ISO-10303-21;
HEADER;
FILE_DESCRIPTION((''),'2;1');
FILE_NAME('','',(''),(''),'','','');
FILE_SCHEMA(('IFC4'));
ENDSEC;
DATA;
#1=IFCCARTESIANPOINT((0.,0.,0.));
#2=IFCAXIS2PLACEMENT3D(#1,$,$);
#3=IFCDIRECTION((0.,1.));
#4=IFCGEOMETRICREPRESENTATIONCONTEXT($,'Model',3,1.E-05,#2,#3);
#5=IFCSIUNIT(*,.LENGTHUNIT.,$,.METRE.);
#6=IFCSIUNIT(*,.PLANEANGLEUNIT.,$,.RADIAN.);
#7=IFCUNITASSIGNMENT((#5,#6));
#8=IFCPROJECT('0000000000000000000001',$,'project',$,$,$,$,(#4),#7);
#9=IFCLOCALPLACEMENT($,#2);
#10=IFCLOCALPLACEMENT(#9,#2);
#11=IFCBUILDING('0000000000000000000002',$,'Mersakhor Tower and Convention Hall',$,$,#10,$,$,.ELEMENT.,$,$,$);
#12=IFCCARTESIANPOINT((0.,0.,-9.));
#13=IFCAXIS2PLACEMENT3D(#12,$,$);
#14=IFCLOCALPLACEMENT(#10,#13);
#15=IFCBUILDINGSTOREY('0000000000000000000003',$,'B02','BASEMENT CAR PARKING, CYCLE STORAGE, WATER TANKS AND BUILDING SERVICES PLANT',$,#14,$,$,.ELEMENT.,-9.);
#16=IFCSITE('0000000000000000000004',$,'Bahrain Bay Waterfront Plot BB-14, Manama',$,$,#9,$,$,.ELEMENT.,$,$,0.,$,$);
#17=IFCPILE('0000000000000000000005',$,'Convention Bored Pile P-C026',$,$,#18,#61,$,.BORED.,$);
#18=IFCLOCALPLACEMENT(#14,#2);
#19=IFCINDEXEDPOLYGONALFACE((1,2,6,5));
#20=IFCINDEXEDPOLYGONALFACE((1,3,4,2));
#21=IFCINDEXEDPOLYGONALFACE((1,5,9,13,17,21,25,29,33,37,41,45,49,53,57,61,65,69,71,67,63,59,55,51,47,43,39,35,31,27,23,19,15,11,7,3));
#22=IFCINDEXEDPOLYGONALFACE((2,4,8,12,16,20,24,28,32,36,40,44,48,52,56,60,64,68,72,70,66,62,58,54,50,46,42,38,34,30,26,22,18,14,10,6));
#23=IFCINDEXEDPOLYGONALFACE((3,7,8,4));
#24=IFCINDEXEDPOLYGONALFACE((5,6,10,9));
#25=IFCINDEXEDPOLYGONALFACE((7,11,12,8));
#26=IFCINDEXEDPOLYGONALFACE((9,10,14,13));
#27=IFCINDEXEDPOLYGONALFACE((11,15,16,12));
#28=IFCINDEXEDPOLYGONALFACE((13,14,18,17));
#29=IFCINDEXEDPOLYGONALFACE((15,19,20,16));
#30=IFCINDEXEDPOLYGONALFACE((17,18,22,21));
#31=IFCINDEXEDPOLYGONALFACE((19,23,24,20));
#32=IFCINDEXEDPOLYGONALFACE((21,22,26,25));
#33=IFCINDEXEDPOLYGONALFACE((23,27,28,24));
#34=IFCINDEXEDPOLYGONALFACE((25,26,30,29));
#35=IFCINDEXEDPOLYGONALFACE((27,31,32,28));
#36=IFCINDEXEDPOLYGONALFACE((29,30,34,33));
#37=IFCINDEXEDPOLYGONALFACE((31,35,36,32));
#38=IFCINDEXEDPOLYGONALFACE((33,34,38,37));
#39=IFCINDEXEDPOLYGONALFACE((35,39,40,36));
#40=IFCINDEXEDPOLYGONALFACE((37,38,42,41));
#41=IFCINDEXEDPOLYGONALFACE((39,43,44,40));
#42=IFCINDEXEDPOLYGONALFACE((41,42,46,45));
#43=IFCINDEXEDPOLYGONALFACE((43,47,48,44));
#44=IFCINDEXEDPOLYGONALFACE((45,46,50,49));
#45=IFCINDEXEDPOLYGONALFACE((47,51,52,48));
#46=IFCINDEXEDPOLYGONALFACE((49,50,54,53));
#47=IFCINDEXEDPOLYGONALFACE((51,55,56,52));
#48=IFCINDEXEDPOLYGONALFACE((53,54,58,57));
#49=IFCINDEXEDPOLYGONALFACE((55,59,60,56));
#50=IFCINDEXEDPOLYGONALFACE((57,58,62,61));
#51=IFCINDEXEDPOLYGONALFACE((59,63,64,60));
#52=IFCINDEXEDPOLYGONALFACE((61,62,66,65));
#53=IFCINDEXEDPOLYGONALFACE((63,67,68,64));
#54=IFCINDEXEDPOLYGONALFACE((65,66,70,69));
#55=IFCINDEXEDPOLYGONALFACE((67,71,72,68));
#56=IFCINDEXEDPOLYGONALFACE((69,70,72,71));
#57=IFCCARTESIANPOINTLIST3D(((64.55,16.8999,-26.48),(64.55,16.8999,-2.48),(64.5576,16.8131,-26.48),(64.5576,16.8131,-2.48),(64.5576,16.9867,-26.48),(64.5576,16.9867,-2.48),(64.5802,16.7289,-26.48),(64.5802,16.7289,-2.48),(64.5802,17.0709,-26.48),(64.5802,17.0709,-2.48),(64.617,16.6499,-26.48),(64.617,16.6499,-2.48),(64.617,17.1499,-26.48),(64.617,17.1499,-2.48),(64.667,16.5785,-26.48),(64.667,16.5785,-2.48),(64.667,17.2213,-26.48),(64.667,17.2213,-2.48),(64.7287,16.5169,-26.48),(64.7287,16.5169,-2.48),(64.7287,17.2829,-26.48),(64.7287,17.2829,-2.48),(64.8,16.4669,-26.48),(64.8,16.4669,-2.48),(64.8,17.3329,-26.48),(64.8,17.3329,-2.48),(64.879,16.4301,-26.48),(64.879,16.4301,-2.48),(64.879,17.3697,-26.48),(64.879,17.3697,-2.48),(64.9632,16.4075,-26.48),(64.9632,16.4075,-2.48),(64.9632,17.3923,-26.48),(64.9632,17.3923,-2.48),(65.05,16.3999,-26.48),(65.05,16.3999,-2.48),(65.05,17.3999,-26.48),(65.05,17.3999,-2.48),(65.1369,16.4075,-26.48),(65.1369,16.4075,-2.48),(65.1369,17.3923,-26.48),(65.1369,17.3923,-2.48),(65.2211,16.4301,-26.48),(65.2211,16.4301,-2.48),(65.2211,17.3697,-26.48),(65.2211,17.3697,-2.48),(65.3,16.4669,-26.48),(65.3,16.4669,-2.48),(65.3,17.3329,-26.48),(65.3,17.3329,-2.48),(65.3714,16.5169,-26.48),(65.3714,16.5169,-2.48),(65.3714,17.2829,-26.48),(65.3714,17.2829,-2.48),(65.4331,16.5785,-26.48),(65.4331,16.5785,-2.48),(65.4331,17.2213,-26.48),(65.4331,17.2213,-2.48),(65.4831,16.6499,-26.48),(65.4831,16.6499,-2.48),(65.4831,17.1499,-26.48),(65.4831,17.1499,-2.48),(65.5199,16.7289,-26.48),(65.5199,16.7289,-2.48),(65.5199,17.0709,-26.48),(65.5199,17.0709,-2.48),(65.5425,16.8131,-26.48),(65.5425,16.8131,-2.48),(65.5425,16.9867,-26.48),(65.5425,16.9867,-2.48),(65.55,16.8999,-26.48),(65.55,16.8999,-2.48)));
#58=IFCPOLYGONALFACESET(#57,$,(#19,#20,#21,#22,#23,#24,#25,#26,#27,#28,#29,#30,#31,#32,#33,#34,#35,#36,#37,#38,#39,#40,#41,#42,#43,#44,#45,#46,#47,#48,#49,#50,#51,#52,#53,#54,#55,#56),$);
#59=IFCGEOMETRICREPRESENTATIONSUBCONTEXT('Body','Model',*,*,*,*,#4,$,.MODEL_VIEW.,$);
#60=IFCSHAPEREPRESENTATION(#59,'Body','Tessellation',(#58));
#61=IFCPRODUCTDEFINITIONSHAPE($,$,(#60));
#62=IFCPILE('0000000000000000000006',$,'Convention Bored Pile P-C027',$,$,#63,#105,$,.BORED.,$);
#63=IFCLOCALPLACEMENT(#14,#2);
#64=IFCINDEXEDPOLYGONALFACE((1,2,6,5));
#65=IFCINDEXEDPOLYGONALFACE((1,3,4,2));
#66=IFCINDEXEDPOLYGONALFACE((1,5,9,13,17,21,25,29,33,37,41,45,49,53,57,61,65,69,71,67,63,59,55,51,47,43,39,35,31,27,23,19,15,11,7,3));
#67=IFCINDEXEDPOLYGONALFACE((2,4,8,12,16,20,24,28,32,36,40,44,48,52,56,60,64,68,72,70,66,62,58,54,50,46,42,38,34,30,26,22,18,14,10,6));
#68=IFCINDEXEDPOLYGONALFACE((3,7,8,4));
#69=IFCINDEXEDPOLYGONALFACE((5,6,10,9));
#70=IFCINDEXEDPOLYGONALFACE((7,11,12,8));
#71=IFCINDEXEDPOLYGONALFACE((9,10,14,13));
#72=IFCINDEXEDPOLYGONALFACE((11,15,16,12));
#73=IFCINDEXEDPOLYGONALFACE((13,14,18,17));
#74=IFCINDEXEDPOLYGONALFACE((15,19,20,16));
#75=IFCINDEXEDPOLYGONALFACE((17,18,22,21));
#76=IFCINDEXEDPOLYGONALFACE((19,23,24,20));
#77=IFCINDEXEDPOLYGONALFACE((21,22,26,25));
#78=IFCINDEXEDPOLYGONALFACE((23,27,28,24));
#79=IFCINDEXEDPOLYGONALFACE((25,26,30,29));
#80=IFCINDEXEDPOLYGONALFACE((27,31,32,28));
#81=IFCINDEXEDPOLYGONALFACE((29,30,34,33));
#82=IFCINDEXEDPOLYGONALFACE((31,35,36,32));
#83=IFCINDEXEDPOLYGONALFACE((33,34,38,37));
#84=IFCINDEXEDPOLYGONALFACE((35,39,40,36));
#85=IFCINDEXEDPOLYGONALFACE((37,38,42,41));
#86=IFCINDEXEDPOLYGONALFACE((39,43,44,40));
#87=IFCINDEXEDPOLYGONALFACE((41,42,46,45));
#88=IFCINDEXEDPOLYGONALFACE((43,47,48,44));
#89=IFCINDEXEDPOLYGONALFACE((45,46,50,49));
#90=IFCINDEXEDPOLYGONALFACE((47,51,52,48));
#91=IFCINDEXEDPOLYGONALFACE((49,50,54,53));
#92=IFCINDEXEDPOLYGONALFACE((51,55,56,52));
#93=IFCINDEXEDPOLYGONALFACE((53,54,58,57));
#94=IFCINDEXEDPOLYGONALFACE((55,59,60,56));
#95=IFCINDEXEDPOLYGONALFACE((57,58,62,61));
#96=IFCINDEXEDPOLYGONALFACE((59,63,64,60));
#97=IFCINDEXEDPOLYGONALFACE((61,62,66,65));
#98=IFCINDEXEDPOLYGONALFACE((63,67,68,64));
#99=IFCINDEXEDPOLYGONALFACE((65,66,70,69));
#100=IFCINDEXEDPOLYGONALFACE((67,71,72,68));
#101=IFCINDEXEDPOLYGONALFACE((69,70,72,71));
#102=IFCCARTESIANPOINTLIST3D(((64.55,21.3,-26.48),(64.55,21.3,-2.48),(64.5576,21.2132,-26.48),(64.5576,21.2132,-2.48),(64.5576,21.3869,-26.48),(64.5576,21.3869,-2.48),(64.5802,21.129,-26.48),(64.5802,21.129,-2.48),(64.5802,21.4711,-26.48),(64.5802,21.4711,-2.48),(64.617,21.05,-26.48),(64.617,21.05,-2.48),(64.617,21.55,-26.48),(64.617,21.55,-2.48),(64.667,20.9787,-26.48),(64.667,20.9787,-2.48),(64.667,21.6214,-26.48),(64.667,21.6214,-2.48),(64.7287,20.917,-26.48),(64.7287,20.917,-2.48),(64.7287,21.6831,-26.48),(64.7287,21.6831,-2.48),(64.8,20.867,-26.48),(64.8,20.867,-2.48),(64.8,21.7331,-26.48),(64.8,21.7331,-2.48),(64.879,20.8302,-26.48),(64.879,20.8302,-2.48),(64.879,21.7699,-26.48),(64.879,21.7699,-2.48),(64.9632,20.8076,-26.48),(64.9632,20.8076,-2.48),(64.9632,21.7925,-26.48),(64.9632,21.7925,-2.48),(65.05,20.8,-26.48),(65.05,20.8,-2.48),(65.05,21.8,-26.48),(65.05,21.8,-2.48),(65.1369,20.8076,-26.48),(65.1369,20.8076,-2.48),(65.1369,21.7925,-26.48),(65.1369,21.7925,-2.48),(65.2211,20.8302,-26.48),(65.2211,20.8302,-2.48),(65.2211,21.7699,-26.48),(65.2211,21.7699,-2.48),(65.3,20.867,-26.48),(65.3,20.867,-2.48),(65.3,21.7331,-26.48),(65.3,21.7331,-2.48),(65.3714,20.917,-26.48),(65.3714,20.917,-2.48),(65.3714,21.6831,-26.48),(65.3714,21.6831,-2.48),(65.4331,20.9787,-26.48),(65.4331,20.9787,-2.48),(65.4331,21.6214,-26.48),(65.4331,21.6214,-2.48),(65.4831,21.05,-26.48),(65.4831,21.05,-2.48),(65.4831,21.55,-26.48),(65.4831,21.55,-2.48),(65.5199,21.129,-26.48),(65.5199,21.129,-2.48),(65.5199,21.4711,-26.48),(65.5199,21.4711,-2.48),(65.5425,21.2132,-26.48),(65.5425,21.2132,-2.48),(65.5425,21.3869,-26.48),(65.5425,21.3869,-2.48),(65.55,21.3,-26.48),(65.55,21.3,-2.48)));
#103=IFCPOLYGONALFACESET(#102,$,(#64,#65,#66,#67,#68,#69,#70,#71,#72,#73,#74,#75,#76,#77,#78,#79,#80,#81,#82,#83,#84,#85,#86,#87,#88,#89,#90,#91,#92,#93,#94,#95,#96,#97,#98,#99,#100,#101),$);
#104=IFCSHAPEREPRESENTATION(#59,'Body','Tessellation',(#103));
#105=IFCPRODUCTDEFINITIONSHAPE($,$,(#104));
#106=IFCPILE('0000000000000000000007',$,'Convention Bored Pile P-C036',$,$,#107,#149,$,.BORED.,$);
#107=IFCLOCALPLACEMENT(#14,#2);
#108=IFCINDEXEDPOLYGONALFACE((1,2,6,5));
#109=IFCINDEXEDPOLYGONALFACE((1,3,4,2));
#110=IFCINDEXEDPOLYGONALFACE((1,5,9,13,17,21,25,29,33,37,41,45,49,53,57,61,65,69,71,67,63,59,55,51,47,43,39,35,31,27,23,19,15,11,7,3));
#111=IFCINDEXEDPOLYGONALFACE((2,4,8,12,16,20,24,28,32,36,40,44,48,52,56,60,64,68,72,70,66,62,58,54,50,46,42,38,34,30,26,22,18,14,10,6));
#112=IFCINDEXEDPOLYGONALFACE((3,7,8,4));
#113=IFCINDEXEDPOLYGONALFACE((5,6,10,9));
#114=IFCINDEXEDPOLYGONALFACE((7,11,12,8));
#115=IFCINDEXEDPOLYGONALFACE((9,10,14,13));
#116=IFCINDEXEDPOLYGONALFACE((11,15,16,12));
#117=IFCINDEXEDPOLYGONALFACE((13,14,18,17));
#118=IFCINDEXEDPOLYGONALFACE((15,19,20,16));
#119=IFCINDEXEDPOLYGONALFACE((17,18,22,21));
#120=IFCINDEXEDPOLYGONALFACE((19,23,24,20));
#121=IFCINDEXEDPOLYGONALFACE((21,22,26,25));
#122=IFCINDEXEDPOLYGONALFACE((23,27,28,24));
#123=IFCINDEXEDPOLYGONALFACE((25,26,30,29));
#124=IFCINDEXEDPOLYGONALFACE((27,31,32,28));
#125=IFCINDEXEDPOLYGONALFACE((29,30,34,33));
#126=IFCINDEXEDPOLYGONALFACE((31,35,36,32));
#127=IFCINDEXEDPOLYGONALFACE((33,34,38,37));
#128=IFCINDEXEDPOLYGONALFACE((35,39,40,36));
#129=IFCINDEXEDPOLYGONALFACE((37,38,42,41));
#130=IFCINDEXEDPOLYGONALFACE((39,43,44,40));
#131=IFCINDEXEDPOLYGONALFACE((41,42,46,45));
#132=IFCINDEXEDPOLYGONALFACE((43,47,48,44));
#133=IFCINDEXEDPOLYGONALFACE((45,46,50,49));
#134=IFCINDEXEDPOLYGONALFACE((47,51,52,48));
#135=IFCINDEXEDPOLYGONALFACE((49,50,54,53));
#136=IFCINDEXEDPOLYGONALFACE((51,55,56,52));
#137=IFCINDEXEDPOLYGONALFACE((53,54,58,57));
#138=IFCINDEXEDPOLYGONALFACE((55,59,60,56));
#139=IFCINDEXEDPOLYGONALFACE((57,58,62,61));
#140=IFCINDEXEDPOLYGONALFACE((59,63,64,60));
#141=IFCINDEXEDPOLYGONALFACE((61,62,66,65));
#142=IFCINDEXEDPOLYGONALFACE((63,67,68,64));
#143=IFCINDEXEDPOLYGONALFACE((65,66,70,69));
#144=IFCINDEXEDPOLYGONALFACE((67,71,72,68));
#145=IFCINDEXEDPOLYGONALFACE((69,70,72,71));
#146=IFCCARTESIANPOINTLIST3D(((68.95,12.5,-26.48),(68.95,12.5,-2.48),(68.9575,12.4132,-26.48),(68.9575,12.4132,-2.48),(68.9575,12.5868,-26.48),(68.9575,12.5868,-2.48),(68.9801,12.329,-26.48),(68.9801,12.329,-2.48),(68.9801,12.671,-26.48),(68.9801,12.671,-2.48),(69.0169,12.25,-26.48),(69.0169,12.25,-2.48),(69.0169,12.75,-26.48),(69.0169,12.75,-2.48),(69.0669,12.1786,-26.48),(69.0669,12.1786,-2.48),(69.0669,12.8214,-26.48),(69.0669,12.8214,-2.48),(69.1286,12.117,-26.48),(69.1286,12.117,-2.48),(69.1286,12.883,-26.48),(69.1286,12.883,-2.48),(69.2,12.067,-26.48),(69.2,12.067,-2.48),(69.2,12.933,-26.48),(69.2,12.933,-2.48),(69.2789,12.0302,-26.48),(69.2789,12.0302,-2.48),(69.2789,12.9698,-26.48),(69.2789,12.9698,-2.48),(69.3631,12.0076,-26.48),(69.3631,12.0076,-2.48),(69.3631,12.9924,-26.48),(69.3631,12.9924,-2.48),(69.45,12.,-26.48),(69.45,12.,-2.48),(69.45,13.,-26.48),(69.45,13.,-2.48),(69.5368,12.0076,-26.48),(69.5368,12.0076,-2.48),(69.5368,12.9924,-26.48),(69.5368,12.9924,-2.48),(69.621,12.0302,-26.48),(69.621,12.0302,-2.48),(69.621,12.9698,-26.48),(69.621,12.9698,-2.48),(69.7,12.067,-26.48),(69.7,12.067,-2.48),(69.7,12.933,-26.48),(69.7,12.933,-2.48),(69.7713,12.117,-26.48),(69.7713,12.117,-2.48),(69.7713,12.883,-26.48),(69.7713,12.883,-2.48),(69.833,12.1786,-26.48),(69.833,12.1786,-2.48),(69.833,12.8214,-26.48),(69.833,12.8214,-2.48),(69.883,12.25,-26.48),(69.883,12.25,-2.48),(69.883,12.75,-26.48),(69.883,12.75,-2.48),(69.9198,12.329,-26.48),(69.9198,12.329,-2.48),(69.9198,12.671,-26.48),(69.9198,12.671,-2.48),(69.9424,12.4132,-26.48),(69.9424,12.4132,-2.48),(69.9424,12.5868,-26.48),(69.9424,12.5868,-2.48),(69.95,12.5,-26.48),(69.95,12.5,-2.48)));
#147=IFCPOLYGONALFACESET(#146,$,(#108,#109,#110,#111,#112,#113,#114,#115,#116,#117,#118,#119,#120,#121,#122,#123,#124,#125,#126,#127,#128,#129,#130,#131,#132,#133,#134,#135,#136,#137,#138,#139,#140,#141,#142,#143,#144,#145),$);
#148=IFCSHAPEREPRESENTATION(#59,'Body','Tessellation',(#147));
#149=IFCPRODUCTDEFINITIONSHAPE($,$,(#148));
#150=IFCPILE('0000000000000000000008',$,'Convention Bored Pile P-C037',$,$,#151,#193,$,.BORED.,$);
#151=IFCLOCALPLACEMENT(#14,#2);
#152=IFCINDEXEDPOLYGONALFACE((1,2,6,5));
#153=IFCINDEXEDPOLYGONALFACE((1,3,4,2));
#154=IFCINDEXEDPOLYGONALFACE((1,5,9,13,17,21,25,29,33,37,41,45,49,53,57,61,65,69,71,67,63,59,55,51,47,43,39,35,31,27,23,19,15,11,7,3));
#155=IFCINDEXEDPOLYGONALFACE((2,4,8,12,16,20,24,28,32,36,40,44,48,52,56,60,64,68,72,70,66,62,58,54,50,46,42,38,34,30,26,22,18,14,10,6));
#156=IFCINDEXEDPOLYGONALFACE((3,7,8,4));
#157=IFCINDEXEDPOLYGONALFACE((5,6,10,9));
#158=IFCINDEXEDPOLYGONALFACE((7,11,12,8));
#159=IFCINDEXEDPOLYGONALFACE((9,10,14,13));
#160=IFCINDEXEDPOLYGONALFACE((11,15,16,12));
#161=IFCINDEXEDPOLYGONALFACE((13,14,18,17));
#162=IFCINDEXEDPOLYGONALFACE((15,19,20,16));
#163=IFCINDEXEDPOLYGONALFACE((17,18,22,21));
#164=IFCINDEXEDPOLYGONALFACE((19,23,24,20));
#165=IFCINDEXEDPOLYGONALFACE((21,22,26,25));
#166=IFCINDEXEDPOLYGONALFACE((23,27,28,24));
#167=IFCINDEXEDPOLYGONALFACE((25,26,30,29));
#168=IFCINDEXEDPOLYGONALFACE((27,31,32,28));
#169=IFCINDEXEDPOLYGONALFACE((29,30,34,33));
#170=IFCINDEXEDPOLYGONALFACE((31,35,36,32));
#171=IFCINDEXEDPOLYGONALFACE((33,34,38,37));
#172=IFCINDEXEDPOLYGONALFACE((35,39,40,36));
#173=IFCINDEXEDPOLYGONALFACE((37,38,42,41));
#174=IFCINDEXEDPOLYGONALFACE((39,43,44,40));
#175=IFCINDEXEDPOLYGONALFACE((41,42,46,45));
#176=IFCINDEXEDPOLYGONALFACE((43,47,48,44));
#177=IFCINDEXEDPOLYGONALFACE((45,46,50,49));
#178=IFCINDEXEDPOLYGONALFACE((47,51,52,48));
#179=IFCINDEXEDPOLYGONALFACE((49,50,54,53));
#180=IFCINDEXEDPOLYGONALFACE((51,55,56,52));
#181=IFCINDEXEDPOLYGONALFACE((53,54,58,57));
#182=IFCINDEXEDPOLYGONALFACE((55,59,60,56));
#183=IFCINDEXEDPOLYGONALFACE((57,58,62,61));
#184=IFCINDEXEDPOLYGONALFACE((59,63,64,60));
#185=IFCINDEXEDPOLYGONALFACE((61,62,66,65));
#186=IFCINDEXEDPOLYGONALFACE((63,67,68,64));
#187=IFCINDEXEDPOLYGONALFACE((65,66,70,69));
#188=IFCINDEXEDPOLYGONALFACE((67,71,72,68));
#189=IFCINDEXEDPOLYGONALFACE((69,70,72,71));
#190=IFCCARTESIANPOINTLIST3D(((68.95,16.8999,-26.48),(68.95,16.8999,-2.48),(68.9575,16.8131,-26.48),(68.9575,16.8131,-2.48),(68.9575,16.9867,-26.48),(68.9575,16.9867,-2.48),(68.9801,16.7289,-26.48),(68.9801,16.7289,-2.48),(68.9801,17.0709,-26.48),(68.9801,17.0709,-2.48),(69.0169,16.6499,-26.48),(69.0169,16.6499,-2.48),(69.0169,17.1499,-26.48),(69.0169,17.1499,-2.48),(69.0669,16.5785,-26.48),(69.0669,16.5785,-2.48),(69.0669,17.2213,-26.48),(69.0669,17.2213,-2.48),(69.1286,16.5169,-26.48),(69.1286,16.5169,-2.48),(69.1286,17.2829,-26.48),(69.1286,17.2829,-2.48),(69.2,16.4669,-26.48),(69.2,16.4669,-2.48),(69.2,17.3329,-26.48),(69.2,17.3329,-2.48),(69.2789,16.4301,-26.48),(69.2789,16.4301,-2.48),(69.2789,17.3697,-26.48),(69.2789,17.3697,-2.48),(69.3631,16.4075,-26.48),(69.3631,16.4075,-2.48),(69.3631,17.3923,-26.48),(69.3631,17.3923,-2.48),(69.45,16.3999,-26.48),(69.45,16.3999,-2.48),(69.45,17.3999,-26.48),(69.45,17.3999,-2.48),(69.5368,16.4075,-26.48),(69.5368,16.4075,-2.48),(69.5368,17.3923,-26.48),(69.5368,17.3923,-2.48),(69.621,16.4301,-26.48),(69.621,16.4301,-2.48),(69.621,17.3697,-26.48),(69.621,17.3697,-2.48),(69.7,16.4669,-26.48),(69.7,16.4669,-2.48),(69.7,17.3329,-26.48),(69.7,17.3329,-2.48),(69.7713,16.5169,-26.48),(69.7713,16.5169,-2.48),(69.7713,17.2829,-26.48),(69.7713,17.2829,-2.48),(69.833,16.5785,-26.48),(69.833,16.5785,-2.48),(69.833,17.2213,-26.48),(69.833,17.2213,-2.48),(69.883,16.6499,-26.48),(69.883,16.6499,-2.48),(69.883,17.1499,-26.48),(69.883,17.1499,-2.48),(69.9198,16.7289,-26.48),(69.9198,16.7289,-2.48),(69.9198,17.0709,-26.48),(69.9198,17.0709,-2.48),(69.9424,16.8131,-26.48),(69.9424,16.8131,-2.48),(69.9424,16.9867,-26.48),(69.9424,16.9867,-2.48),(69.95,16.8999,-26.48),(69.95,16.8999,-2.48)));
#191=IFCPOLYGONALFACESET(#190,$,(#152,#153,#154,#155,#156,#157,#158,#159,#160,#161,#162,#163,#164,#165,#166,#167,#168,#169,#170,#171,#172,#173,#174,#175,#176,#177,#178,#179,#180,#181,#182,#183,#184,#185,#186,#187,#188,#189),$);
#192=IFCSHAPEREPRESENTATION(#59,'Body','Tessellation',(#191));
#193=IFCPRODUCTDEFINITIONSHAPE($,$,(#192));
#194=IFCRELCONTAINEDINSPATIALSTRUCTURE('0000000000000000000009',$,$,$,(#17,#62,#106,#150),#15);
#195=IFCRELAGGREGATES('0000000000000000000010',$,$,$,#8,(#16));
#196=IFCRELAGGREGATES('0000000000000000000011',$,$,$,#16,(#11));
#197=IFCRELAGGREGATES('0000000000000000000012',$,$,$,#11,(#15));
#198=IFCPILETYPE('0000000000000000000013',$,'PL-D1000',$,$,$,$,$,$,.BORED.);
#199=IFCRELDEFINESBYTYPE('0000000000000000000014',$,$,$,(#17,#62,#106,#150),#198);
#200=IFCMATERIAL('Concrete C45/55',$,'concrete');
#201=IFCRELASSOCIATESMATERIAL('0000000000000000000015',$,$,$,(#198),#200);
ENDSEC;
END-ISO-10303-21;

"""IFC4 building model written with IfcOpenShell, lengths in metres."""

from ifc_helpers import new_model, si_unit, direction, frame, origin, origin_2d, place, context, subcontext, project, spatial, circle, extrude, material, material_profile, profile_set, type_object, element, save


model = new_model("IFC4")

# Units and contexts
model_context = context("Model", 3, precision=1e-05, world=origin(), true_north=direction((0.0, 1.0)))
body_context = subcontext(model_context, "Body", "Model", "MODEL_VIEW")
ifc_project = project(units=[si_unit("LENGTHUNIT", "METRE"), si_unit("PLANEANGLEUNIT", "RADIAN")], contexts=[model_context])

# Site, building, storey
site_placement = place(None, origin())
site = spatial("IfcSite", under=ifc_project, at=site_placement, Name="Bahrain Bay Waterfront Plot BB-14, Manama", CompositionType="ELEMENT", RefElevation=0.0)
building_placement = place(site_placement, origin())
building = spatial("IfcBuilding", under=site, at=building_placement, Name="Mersakhor Tower and Convention Hall", CompositionType="ELEMENT")
storey_placement = place(building_placement, frame((0.0, 0.0, -9.0)))
storey = spatial("IfcBuildingStorey", under=building, at=storey_placement, Name="B02", Description="BASEMENT CAR PARKING, CYCLE STORAGE, WATER TANKS AND BUILDING SERVICES PLANT", CompositionType="ELEMENT", Elevation=-9.0)

# Piles
ifc_material_1 = material(Name="Concrete C45/55", Category="concrete")
ifc_material_profile_1 = material_profile(ifc_material_1, circle(Radius=0.5, at=origin_2d()), Name="PILE D1000")
ifc_profile_set_1 = profile_set([ifc_material_profile_1], Name="Concrete C45/55")
pile_type = type_object("IfcPileType", Name="PL-D1000", PredefinedType="BORED", material=ifc_profile_set_1)
for number, where, z_axis, x_axis, name in (
    (1, (65.05, 16.8999, -2.48), (0.0, 0.0, -1.0), (1.0, 0.0, 0.0), "Convention Bored Pile P-C026"),
    (2, (65.05, 21.3, -2.48), (0.0, 0.0, -1.0), (1.0, 0.0, 0.0), "Convention Bored Pile P-C027"),
    (3, (69.45, 12.5, -2.48), (0.0, 0.0, -1.0), (1.0, 0.0, 0.0), "Convention Bored Pile P-C036"),
    (4, (69.45, 16.8999, -2.48), (0.0, 0.0, -1.0), (1.0, 0.0, 0.0), "Convention Bored Pile P-C037"),
):
    element("IfcPile", number, at=place(storey_placement, frame(where, z_axis=z_axis, x_axis=x_axis)), inside=storey, type_object=pile_type, Name=name, PredefinedType="BORED", context=body_context, shape_type="SweptSolid", body=[
        extrude(circle(Radius=0.5, at=origin_2d()), origin(), (0.0, 0.0, 1.0), 24.0),
    ])

save(model, "model.ifc")
